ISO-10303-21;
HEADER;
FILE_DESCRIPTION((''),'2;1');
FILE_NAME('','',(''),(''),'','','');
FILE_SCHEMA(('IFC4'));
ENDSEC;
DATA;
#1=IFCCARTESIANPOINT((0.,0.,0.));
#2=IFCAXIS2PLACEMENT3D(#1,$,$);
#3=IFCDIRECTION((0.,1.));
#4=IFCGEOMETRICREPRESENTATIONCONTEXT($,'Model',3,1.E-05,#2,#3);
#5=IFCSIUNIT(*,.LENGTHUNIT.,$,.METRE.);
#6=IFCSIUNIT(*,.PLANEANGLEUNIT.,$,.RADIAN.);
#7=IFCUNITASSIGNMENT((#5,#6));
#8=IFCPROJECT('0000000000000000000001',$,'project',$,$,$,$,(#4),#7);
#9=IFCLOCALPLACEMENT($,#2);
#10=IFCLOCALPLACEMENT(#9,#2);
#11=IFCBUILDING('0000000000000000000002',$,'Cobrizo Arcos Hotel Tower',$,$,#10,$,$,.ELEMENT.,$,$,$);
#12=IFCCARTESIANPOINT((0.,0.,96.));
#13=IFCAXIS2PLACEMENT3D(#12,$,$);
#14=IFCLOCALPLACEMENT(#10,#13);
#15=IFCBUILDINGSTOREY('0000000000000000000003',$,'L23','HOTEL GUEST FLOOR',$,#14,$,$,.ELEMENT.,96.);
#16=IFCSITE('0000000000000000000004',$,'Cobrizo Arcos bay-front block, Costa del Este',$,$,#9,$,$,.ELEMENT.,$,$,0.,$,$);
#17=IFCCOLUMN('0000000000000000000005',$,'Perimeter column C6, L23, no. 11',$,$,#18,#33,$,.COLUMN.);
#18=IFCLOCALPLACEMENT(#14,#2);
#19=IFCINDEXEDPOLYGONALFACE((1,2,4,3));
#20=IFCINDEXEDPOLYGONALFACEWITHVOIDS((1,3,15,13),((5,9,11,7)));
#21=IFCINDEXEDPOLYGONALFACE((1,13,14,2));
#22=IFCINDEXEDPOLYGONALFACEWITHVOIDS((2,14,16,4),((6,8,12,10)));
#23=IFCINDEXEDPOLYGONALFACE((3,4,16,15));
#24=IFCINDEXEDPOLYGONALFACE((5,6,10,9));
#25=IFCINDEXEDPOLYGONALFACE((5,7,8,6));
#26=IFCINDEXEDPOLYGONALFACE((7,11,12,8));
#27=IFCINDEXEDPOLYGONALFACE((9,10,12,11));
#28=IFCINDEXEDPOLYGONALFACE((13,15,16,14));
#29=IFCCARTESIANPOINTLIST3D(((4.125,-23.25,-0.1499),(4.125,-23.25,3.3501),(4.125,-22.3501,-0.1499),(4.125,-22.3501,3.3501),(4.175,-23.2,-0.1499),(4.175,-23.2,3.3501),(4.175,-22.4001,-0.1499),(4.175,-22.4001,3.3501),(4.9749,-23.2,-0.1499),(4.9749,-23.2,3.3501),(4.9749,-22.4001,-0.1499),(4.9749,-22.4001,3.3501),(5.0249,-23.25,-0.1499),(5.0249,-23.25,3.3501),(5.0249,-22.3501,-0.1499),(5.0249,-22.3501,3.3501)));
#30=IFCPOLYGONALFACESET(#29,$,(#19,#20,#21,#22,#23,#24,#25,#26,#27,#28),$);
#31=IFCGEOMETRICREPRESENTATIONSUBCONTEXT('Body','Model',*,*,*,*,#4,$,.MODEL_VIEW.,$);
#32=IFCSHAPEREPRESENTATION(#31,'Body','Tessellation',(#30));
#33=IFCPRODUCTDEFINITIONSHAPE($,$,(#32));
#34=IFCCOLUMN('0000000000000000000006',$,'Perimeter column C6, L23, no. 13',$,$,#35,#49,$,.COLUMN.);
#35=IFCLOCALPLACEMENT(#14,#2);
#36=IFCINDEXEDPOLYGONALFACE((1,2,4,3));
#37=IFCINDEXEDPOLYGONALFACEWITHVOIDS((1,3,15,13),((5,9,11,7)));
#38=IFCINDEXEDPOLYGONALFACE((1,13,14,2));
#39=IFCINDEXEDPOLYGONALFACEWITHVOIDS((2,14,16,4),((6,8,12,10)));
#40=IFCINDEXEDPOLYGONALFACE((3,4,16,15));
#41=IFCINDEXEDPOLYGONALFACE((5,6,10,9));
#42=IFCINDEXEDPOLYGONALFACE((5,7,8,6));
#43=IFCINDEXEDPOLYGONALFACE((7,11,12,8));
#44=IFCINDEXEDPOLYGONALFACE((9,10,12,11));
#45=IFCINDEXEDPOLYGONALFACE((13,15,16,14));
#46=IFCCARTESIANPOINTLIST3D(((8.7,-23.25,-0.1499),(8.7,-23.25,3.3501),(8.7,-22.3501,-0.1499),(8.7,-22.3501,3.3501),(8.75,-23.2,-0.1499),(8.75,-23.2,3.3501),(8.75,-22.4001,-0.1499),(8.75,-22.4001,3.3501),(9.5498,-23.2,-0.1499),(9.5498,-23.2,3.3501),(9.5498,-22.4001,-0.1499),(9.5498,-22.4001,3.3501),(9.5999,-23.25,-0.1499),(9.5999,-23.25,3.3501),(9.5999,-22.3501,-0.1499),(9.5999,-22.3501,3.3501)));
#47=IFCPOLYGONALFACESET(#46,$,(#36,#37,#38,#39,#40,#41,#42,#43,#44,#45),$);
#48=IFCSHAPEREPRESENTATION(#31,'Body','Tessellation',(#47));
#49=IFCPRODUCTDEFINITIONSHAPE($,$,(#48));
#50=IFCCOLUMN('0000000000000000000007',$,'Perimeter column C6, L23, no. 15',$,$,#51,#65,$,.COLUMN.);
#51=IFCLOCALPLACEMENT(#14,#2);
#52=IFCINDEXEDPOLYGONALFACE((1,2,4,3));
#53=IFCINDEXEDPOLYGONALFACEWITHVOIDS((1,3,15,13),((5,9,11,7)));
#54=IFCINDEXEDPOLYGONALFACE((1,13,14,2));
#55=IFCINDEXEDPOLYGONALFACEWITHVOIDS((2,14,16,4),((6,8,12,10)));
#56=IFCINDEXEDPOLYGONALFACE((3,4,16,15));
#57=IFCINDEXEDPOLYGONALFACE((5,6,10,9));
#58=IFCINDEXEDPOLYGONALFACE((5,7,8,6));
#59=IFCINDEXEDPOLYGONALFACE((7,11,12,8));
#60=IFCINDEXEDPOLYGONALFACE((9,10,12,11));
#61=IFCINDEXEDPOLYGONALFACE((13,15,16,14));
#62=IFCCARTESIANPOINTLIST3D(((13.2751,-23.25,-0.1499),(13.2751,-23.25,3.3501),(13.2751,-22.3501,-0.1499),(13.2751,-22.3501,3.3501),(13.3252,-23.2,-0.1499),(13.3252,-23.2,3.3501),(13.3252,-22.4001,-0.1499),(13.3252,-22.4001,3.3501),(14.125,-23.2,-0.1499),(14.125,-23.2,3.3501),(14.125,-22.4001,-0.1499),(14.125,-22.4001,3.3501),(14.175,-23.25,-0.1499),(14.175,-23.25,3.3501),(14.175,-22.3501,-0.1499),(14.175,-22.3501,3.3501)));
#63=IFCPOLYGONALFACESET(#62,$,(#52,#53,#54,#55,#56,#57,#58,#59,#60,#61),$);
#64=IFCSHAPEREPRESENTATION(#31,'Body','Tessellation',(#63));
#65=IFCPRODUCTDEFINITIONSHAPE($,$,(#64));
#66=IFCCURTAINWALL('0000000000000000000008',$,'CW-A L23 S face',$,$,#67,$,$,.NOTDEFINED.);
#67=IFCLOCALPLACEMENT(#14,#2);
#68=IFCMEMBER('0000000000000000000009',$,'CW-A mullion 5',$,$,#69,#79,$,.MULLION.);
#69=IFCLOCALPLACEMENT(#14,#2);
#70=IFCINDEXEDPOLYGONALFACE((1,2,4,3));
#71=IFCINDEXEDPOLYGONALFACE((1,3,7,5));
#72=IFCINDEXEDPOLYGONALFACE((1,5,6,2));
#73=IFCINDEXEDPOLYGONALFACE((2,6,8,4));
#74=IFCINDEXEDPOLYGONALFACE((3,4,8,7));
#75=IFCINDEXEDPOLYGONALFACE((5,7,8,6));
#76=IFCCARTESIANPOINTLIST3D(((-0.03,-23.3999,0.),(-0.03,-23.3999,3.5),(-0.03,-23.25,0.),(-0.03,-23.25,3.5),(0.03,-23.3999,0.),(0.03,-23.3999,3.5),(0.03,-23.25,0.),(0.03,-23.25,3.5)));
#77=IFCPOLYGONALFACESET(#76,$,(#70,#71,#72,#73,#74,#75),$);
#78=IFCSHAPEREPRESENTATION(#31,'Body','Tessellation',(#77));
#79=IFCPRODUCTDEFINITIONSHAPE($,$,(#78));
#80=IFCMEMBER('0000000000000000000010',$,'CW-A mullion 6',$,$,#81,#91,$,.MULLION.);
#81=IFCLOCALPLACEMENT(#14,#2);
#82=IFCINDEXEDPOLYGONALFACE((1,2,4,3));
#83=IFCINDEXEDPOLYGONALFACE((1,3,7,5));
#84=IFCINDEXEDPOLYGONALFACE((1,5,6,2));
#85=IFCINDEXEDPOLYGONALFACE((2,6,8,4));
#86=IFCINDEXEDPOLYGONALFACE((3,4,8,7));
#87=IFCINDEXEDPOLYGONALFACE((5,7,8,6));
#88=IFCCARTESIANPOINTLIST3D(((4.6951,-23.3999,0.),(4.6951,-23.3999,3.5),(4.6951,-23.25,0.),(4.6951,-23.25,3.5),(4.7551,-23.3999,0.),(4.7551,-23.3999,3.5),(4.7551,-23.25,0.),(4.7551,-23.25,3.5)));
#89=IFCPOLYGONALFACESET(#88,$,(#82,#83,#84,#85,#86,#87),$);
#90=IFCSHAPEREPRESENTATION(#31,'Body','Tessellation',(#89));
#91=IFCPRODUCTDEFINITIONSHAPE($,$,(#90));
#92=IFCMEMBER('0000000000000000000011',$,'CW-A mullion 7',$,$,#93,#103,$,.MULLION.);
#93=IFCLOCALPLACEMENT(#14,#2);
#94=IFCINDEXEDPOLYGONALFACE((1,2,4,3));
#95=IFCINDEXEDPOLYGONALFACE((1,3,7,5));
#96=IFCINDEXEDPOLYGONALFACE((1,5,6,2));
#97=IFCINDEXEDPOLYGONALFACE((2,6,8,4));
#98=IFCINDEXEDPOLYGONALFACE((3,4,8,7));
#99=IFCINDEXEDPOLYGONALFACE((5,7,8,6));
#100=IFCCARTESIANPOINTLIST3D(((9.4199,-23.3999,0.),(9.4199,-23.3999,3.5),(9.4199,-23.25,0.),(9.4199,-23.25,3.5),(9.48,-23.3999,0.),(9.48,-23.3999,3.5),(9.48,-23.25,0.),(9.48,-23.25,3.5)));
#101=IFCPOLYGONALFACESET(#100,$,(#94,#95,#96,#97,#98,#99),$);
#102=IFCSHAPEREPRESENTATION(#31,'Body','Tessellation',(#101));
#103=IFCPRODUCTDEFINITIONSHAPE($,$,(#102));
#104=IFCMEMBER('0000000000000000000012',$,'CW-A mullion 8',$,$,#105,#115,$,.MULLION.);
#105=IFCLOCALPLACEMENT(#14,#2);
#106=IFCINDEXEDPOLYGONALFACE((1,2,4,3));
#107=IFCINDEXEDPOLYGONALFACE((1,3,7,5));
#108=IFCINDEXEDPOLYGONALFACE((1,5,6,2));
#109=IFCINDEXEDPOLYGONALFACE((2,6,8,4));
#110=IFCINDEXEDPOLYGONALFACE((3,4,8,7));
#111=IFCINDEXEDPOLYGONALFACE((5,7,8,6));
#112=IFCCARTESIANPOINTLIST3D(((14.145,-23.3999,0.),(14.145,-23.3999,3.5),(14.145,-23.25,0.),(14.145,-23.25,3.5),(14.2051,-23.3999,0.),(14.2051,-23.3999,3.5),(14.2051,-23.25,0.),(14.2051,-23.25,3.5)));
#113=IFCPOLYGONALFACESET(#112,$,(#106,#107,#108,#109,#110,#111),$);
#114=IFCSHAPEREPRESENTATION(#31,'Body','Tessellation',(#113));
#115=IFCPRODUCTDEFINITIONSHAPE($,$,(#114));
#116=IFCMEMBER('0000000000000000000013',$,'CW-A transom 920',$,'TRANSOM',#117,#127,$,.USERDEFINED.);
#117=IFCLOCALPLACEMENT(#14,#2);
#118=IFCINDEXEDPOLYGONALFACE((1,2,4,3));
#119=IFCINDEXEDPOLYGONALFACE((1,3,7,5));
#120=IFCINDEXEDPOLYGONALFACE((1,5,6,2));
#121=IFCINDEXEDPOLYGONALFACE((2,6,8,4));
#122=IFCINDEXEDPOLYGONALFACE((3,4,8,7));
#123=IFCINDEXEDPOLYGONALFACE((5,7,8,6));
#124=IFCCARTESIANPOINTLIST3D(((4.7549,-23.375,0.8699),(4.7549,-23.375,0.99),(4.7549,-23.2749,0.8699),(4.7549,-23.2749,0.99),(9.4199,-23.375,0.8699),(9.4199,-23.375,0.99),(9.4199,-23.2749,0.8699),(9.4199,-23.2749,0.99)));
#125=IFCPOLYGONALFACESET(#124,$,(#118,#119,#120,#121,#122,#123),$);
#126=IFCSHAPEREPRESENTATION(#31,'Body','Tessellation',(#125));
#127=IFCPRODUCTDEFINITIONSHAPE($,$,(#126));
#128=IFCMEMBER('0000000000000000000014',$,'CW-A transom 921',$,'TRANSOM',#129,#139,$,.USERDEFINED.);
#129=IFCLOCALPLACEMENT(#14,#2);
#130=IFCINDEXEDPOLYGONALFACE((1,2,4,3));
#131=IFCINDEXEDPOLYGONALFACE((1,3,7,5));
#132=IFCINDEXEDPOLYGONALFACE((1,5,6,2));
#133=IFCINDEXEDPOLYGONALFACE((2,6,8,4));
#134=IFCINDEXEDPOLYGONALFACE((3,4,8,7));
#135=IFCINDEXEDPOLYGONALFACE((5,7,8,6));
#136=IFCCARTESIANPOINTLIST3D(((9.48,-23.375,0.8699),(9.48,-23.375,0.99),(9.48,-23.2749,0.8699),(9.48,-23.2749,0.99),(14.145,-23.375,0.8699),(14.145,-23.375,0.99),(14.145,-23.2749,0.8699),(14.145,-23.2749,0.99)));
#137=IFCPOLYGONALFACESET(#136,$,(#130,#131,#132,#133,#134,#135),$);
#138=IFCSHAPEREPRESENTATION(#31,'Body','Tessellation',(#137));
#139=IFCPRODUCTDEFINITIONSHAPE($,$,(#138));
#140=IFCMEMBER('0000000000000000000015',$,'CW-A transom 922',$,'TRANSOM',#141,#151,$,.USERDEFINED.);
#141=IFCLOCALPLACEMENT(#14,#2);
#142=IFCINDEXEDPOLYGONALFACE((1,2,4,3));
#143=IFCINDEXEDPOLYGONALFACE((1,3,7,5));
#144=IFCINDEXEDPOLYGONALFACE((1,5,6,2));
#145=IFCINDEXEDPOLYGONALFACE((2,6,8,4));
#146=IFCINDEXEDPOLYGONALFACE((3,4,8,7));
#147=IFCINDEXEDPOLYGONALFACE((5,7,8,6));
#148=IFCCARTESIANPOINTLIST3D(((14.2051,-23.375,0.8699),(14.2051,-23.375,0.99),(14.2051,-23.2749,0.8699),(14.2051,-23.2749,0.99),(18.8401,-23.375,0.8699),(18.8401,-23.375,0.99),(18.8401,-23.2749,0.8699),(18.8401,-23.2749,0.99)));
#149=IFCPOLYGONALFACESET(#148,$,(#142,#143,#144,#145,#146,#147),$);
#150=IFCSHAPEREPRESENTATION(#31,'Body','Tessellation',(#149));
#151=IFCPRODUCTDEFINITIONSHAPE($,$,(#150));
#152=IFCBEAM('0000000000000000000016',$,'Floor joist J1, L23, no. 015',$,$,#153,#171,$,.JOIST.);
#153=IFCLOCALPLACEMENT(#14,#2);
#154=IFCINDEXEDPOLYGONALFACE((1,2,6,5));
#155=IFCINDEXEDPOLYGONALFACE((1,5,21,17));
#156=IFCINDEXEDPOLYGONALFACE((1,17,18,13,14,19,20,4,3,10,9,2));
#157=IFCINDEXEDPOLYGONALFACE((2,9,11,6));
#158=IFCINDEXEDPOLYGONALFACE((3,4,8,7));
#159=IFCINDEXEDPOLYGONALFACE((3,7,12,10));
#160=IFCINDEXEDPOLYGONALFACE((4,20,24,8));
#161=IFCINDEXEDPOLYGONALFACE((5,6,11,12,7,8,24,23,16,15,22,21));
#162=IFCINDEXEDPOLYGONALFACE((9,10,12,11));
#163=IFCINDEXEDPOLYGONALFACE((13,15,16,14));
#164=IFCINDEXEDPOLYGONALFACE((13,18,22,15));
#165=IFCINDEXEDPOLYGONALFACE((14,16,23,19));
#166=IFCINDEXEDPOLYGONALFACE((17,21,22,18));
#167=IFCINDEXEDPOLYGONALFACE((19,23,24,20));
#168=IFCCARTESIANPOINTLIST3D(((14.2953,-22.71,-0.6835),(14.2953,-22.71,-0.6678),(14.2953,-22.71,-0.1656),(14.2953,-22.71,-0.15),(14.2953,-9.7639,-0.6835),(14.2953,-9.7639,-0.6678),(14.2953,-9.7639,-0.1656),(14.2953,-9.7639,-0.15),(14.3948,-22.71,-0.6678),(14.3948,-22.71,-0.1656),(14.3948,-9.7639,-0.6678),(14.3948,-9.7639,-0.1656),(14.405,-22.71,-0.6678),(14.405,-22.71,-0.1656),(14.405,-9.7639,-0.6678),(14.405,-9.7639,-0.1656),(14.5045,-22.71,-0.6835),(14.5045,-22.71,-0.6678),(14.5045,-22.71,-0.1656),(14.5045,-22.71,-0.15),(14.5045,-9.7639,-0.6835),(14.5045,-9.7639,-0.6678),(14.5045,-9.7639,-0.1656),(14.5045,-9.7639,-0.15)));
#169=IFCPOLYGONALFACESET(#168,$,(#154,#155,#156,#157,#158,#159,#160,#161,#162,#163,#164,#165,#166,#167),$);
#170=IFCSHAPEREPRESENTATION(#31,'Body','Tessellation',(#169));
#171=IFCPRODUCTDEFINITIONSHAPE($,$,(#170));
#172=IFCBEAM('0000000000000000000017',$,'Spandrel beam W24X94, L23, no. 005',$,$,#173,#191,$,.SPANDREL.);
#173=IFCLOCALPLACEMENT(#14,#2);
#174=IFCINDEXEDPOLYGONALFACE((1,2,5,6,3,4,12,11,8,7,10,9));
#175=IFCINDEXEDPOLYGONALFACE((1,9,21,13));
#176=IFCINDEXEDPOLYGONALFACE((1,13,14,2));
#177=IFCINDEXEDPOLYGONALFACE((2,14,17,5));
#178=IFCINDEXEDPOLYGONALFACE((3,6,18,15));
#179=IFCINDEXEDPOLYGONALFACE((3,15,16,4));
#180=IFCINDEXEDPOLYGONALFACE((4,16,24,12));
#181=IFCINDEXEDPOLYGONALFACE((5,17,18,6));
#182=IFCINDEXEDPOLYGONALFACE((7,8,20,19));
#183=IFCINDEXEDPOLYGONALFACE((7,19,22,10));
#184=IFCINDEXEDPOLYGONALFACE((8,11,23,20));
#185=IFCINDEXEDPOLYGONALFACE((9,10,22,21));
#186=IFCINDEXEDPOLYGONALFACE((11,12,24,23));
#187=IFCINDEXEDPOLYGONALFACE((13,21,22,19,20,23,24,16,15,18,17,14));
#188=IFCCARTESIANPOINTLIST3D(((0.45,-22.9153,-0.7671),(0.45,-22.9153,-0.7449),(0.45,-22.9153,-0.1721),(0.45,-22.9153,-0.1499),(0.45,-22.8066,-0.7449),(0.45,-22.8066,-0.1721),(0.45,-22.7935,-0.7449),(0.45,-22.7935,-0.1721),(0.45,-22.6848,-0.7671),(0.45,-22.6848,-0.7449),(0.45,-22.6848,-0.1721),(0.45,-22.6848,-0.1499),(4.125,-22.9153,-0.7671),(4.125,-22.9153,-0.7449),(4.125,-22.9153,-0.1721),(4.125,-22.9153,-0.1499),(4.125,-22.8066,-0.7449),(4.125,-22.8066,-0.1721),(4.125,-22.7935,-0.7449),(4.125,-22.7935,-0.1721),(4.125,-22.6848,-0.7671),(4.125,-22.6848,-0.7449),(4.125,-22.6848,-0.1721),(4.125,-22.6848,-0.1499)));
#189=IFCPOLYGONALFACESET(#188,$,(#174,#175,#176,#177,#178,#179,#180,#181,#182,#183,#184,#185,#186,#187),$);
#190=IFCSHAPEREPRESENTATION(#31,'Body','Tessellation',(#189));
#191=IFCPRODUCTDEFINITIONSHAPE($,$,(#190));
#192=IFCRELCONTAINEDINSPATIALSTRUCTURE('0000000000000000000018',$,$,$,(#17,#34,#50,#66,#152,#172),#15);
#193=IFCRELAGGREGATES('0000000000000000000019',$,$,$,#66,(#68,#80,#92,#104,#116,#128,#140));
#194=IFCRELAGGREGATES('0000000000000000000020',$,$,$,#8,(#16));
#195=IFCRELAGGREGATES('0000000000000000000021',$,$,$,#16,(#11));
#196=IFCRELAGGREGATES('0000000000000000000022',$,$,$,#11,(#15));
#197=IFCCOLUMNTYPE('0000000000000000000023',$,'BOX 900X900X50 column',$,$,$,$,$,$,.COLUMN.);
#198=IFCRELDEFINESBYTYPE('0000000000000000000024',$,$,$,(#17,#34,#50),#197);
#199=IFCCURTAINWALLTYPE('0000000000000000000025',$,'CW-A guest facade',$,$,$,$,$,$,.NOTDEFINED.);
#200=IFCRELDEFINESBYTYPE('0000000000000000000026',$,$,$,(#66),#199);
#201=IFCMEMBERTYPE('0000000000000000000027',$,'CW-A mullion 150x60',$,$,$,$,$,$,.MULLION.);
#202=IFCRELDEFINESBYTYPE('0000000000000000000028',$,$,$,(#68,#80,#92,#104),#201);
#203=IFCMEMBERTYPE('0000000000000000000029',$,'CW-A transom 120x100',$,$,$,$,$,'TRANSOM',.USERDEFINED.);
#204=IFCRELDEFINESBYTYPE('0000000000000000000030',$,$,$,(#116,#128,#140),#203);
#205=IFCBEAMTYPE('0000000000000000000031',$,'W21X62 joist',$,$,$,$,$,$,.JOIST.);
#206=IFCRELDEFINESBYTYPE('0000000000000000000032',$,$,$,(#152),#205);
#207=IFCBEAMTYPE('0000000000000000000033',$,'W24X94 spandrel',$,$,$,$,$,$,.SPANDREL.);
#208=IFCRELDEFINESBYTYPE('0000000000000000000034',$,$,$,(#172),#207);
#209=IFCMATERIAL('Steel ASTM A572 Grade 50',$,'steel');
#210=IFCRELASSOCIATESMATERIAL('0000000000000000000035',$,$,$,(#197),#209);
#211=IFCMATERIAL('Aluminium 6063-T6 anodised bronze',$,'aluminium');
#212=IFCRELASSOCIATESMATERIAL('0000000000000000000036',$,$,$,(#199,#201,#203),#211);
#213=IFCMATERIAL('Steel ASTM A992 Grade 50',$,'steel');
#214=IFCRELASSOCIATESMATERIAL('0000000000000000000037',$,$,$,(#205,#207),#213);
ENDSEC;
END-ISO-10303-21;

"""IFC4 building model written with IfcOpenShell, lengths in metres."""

from ifc_helpers import new_model, si_unit, direction, frame, origin, origin_2d, place, context, subcontext, project, spatial, rectangle, hollow_rectangle, i_section, extrude, material, material_profile, profile_set, type_object, element, aggregate, save


model = new_model("IFC4")

# Units and contexts
model_context = context("Model", 3, precision=1e-05, world=origin(), true_north=direction((0.0, 1.0)))
body_context = subcontext(model_context, "Body", "Model", "MODEL_VIEW")
ifc_project = project(units=[si_unit("LENGTHUNIT", "METRE"), si_unit("PLANEANGLEUNIT", "RADIAN")], contexts=[model_context])

# Site, building, storey
site_placement = place(None, origin())
site = spatial("IfcSite", under=ifc_project, at=site_placement, Name="Cobrizo Arcos bay-front block, Costa del Este", CompositionType="ELEMENT", RefElevation=0.0)
building_placement = place(site_placement, origin())
building = spatial("IfcBuilding", under=site, at=building_placement, Name="Cobrizo Arcos Hotel Tower", CompositionType="ELEMENT")
storey_placement = place(building_placement, frame((0.0, 0.0, 96.0)))
storey = spatial("IfcBuildingStorey", under=building, at=storey_placement, Name="L23", Description="HOTEL GUEST FLOOR", CompositionType="ELEMENT", Elevation=96.0)

# Columns
ifc_material_1 = material(Name="Steel ASTM A572 Grade 50", Category="steel")
ifc_material_profile_1 = material_profile(ifc_material_1, hollow_rectangle(XDim=0.8999, YDim=0.8999, WallThickness=0.05, at=origin_2d()), Name="BOX 900X900X50")
ifc_profile_set_1 = profile_set([ifc_material_profile_1], Name="Steel ASTM A572 Grade 50")
column_type = type_object("IfcColumnType", Name="BOX 900X900X50 column", PredefinedType="COLUMN", material=ifc_profile_set_1)
for number, where, z_axis, x_axis, name in (
    (1, (4.575, -22.8, -0.1499), (0.0, 0.0, 1.0), (1.0, 0.0, 0.0), "Perimeter column C6, L23, no. 11"),
    (2, (9.1499, -22.8, -0.1499), (0.0, 0.0, 1.0), (1.0, 0.0, 0.0), "Perimeter column C6, L23, no. 13"),
    (3, (13.7251, -22.8, -0.1499), (0.0, 0.0, 1.0), (1.0, 0.0, 0.0), "Perimeter column C6, L23, no. 15"),
):
    element("IfcColumn", number, at=place(storey_placement, frame(where, z_axis=z_axis, x_axis=x_axis)), inside=storey, type_object=column_type, Name=name, PredefinedType="COLUMN", context=body_context, shape_type="SweptSolid", body=[
        extrude(hollow_rectangle(XDim=0.8999, YDim=0.8999, WallThickness=0.05, at=origin_2d()), origin(), (0.0, 0.0, 1.0), 3.5),
    ])

# Curtain wall, members
ifc_material_2 = material(Name="Aluminium 6063-T6 anodised bronze", Category="aluminium")
curtain_wall_type = type_object("IfcCurtainWallType", Name="CW-A guest facade", PredefinedType="NOTDEFINED", material=ifc_material_2)
curtain_wall_placement = place(storey_placement, origin())
curtain_wall = element("IfcCurtainWall", 4, at=curtain_wall_placement, inside=storey, type_object=curtain_wall_type, Name="CW-A L23 S face", PredefinedType="NOTDEFINED")
ifc_material_profile_2 = material_profile(ifc_material_2, rectangle(XDim=0.1499, YDim=0.0601, at=origin_2d()), Name="CW-A mullion 150x60")
ifc_profile_set_2 = profile_set([ifc_material_profile_2], Name="Aluminium 6063-T6 anodised bronze")
member_type_1 = type_object("IfcMemberType", Name="CW-A mullion 150x60", PredefinedType="MULLION", material=ifc_profile_set_2)
member_1_placement = place(storey_placement, frame((0.0, -23.325, 0.0), z_axis=(0.0, 0.0, 1.0), x_axis=(0.0, -1.0, 0.0)))
member_1 = element("IfcMember", 5, at=member_1_placement, type_object=member_type_1, Name="CW-A mullion 5", PredefinedType="MULLION", context=body_context, shape_type="SweptSolid", body=[
    extrude(rectangle(XDim=0.1499, YDim=0.0601, at=origin_2d()), origin(), (0.0, 0.0, 1.0), 3.5),
])
member_2_placement = place(storey_placement, frame((4.7251, -23.325, 0.0), z_axis=(0.0, 0.0, 1.0), x_axis=(0.0, -1.0, 0.0)))
member_2 = element("IfcMember", 6, at=member_2_placement, type_object=member_type_1, Name="CW-A mullion 6", PredefinedType="MULLION", context=body_context, shape_type="SweptSolid", body=[
    extrude(rectangle(XDim=0.1499, YDim=0.0601, at=origin_2d()), origin(), (0.0, 0.0, 1.0), 3.5),
])
member_3_placement = place(storey_placement, frame((9.45, -23.325, 0.0), z_axis=(0.0, 0.0, 1.0), x_axis=(0.0, -1.0, 0.0)))
member_3 = element("IfcMember", 7, at=member_3_placement, type_object=member_type_1, Name="CW-A mullion 7", PredefinedType="MULLION", context=body_context, shape_type="SweptSolid", body=[
    extrude(rectangle(XDim=0.1499, YDim=0.0601, at=origin_2d()), origin(), (0.0, 0.0, 1.0), 3.5),
])
member_4_placement = place(storey_placement, frame((14.175, -23.325, 0.0), z_axis=(0.0, 0.0, 1.0), x_axis=(0.0, -1.0, 0.0)))
member_4 = element("IfcMember", 8, at=member_4_placement, type_object=member_type_1, Name="CW-A mullion 8", PredefinedType="MULLION", context=body_context, shape_type="SweptSolid", body=[
    extrude(rectangle(XDim=0.1499, YDim=0.0601, at=origin_2d()), origin(), (0.0, 0.0, 1.0), 3.5),
])
ifc_material_profile_3 = material_profile(ifc_material_2, rectangle(XDim=0.1001, YDim=0.1201, at=origin_2d()), Name="CW-A transom 120x100")
ifc_profile_set_3 = profile_set([ifc_material_profile_3], Name="Aluminium 6063-T6 anodised bronze")
member_type_2 = type_object("IfcMemberType", Name="CW-A transom 120x100", ElementType="TRANSOM", PredefinedType="USERDEFINED", material=ifc_profile_set_3)
member_5_placement = place(storey_placement, frame((4.7549, -23.325, 0.9299), z_axis=(1.0, 0.0, 0.0), x_axis=(0.0, 1.0, 0.0)))
member_5 = element("IfcMember", 9, at=member_5_placement, type_object=member_type_2, Name="CW-A transom 920", ObjectType="TRANSOM", PredefinedType="USERDEFINED", context=body_context, shape_type="SweptSolid", body=[
    extrude(rectangle(XDim=0.1001, YDim=0.1201, at=origin_2d()), origin(), (0.0, 0.0, 1.0), 4.665),
])
member_6_placement = place(storey_placement, frame((9.48, -23.325, 0.9299), z_axis=(1.0, 0.0, 0.0), x_axis=(0.0, 1.0, 0.0)))
member_6 = element("IfcMember", 10, at=member_6_placement, type_object=member_type_2, Name="CW-A transom 921", ObjectType="TRANSOM", PredefinedType="USERDEFINED", context=body_context, shape_type="SweptSolid", body=[
    extrude(rectangle(XDim=0.1001, YDim=0.1201, at=origin_2d()), origin(), (0.0, 0.0, 1.0), 4.665),
])
member_7_placement = place(storey_placement, frame((14.2051, -23.325, 0.9299), z_axis=(1.0, 0.0, 0.0), x_axis=(0.0, 1.0, 0.0)))
member_7 = element("IfcMember", 11, at=member_7_placement, type_object=member_type_2, Name="CW-A transom 922", ObjectType="TRANSOM", PredefinedType="USERDEFINED", context=body_context, shape_type="SweptSolid", body=[
    extrude(rectangle(XDim=0.1001, YDim=0.1201, at=origin_2d()), origin(), (0.0, 0.0, 1.0), 4.635),
])

# Beams
ifc_material_3 = material(Name="Steel ASTM A992 Grade 50", Category="steel")
ifc_material_profile_4 = material_profile(ifc_material_3, i_section(OverallWidth=0.2092, OverallDepth=0.5334, WebThickness=0.0103, FlangeThickness=0.0156, at=origin_2d()), Name="W21X62")
ifc_profile_set_4 = profile_set([ifc_material_profile_4], Name="Steel ASTM A992 Grade 50")
beam_type_1 = type_object("IfcBeamType", Name="W21X62 joist", PredefinedType="JOIST", material=ifc_profile_set_4)
beam_1_placement = place(storey_placement, frame((14.3999, -22.71, -0.4167), z_axis=(0.0, 1.0, 0.0), x_axis=(-1.0, 0.0, 0.0)))
element("IfcBeam", 12, at=beam_1_placement, inside=storey, type_object=beam_type_1, Name="Floor joist J1, L23, no. 015", PredefinedType="JOIST", context=body_context, shape_type="SweptSolid", body=[
    extrude(i_section(OverallWidth=0.2092, OverallDepth=0.5334, WebThickness=0.0103, FlangeThickness=0.0156, at=origin_2d()), origin(), (0.0, 0.0, 1.0), 12.946),
])
ifc_material_profile_5 = material_profile(ifc_material_3, i_section(OverallWidth=0.2305, OverallDepth=0.6172, WebThickness=0.0132, FlangeThickness=0.0222, at=origin_2d()), Name="W24X94")
ifc_profile_set_5 = profile_set([ifc_material_profile_5], Name="Steel ASTM A992 Grade 50")
beam_type_2 = type_object("IfcBeamType", Name="W24X94 spandrel", PredefinedType="SPANDREL", material=ifc_profile_set_5)
for number, where, z_axis, x_axis, name in (
    (13, (0.45, -22.8, -0.4585), (1.0, 0.0, 0.0), (0.0, 1.0, 0.0), "Spandrel beam W24X94, L23, no. 005"),
):
    element("IfcBeam", number, at=place(storey_placement, frame(where, z_axis=z_axis, x_axis=x_axis)), inside=storey, type_object=beam_type_2, Name=name, PredefinedType="SPANDREL", context=body_context, shape_type="SweptSolid", body=[
        extrude(i_section(OverallWidth=0.2305, OverallDepth=0.6172, WebThickness=0.0132, FlangeThickness=0.0222, at=origin_2d()), origin(), (0.0, 0.0, 1.0), 3.675),
    ])

aggregate(curtain_wall, [member_1, member_2, member_3, member_4, member_5, member_6, member_7])

save(model, "model.ifc")
